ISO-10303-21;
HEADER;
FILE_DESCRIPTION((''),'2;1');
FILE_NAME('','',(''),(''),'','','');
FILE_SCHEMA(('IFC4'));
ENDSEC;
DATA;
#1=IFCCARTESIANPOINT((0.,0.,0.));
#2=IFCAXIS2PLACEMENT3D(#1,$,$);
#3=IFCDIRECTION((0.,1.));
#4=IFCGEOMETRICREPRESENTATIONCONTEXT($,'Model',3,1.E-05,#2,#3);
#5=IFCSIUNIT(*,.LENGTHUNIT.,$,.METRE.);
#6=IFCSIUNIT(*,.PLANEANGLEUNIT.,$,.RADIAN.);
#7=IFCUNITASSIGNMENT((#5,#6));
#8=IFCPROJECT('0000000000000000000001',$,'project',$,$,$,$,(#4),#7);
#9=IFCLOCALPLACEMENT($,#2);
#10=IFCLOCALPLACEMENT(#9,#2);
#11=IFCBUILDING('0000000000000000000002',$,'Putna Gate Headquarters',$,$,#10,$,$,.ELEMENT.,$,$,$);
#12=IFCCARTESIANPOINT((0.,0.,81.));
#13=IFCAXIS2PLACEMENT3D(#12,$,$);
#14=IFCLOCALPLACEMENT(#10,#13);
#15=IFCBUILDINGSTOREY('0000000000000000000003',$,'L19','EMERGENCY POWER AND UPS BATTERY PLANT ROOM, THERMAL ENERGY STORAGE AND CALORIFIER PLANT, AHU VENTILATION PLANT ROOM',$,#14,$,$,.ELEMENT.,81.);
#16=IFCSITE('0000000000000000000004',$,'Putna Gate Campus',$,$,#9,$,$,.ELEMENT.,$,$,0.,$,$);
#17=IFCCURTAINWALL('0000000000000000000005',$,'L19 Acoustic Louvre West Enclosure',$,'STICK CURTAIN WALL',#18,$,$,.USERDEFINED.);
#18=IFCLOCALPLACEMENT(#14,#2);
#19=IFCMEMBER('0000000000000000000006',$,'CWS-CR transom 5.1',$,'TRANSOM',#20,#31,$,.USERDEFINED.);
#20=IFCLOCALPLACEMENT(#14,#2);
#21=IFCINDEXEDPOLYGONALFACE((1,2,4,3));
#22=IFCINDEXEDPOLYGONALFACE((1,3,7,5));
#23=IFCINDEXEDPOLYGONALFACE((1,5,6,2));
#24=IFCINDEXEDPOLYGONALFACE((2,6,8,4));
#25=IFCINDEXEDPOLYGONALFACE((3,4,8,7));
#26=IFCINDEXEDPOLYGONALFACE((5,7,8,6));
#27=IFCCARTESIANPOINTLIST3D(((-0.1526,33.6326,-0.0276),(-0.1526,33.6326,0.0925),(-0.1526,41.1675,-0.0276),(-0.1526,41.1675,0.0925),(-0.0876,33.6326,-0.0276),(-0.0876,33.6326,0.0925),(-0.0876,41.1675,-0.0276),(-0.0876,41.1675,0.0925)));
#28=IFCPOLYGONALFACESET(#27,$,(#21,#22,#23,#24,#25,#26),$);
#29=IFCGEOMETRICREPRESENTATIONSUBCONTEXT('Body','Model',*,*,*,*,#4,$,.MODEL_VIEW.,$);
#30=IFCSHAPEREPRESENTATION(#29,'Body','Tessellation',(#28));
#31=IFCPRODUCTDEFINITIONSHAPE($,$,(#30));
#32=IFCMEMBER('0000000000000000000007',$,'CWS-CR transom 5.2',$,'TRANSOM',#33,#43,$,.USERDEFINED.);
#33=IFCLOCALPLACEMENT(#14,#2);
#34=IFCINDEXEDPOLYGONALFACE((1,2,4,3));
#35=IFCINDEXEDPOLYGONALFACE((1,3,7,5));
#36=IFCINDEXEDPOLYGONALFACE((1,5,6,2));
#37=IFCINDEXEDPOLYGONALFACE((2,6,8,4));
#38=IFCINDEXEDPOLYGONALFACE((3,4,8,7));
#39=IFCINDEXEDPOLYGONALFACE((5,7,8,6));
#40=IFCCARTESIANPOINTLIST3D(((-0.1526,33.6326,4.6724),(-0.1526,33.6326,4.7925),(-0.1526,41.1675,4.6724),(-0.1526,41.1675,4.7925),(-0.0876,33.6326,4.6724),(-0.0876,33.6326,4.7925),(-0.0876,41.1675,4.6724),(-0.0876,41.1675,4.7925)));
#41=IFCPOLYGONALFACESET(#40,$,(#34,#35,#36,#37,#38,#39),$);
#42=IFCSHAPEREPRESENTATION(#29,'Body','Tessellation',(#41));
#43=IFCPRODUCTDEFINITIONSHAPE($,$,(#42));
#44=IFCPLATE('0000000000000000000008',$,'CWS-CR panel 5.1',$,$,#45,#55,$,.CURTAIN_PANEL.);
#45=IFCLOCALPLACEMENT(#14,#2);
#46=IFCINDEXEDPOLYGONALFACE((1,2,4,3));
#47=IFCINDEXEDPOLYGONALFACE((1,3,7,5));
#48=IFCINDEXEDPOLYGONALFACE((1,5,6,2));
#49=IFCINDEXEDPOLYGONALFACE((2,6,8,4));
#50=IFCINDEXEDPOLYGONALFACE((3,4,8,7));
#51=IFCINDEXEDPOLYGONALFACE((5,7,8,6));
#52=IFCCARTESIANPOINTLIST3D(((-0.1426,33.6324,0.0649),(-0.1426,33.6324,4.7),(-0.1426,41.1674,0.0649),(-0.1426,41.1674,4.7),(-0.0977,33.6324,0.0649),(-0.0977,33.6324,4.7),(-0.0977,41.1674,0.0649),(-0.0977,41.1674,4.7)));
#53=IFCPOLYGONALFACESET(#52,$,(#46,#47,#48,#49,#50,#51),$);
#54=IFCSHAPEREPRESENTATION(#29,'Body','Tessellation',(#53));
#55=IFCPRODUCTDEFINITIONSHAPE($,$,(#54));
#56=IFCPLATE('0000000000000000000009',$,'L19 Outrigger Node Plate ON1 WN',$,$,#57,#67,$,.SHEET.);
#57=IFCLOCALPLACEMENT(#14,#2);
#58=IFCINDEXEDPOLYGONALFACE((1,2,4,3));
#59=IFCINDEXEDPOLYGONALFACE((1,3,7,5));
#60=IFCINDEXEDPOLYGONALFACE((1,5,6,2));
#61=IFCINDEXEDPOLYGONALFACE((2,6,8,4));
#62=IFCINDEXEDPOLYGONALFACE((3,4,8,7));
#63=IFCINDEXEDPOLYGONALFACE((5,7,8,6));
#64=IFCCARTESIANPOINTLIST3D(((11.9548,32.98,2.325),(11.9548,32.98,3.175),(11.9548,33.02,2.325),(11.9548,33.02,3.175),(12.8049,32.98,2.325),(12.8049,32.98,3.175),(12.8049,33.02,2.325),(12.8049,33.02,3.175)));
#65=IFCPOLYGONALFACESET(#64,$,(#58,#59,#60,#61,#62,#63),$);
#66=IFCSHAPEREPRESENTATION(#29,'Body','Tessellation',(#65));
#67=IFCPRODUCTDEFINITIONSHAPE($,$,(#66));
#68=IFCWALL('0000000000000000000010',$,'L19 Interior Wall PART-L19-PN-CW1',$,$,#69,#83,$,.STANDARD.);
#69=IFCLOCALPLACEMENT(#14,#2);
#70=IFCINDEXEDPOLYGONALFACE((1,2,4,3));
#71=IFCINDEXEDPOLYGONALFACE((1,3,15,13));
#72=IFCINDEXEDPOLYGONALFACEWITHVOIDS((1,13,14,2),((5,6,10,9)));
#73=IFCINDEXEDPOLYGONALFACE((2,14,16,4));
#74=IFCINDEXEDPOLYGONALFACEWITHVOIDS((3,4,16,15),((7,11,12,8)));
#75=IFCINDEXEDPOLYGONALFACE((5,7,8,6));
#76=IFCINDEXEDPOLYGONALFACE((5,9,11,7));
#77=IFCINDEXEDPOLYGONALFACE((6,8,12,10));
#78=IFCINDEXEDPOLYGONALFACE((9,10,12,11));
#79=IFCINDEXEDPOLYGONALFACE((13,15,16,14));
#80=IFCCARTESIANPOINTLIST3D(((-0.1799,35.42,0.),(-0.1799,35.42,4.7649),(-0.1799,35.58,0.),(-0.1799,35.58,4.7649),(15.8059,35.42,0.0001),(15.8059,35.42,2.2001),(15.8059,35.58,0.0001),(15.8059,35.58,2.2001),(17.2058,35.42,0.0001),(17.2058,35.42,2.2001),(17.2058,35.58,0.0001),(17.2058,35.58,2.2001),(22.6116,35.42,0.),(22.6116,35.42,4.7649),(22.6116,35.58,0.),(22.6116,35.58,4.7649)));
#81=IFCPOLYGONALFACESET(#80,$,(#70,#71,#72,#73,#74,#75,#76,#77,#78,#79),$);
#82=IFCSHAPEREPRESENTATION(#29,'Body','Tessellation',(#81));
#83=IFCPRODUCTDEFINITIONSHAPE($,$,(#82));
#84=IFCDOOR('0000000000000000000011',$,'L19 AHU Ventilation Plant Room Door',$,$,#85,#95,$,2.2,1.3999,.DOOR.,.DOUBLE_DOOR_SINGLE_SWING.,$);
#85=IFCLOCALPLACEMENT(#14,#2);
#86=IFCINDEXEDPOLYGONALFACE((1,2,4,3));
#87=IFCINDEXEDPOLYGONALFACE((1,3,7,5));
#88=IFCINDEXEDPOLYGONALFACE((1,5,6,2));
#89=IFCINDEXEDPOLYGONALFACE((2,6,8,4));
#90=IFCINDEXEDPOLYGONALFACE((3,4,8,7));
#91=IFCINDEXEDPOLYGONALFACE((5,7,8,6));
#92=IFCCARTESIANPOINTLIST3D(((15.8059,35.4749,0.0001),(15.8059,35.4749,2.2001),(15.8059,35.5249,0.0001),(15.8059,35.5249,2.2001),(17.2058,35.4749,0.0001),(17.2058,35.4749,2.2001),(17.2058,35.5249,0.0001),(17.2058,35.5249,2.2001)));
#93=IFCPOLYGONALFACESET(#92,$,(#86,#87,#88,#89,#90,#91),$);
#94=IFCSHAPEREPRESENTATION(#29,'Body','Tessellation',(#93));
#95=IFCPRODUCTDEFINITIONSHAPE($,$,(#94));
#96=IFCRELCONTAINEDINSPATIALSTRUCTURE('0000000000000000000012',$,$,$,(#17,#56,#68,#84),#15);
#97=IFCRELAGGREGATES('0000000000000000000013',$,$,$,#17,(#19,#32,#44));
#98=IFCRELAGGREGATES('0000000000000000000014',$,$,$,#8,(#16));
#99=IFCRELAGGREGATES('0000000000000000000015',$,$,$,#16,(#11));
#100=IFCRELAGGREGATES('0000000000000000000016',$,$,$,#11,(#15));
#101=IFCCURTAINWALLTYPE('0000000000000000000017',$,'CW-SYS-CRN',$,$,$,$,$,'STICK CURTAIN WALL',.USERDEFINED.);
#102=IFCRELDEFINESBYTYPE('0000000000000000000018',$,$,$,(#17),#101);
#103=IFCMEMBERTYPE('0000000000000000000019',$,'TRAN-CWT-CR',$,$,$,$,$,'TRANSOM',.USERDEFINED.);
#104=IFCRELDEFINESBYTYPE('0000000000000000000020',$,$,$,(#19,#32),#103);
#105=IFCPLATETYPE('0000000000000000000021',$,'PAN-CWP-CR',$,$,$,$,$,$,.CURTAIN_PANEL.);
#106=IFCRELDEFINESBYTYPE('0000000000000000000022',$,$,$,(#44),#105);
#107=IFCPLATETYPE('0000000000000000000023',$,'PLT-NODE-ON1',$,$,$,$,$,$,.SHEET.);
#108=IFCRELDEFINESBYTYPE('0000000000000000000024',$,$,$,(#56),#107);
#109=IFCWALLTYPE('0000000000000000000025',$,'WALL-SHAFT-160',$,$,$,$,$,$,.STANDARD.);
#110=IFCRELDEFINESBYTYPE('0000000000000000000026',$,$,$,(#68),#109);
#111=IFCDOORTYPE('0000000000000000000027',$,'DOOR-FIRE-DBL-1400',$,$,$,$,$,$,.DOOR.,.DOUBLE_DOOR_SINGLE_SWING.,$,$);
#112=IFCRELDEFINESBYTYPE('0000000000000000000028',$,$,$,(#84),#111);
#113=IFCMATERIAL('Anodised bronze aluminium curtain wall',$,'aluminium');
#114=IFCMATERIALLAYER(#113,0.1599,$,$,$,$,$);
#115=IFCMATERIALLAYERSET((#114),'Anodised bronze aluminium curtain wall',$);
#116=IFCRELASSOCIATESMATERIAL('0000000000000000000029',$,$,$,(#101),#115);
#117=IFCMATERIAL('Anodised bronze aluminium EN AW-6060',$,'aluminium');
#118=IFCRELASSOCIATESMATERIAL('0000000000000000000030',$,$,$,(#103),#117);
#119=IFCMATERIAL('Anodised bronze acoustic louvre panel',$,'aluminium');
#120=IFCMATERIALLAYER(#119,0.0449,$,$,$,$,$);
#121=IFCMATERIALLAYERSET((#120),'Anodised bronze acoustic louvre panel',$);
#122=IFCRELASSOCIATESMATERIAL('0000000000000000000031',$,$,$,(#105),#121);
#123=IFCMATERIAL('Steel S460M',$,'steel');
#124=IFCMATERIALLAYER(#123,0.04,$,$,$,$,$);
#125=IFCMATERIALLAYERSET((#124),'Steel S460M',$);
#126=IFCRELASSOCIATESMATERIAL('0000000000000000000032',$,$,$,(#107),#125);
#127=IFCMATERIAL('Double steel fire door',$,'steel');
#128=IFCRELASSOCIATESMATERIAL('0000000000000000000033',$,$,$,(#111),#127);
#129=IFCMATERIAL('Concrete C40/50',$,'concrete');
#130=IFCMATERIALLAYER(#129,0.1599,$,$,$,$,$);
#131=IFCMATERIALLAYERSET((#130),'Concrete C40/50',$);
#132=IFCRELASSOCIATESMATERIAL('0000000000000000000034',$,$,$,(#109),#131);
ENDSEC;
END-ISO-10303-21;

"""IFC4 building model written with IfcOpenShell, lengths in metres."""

from ifc_helpers import new_model, si_unit, direction, frame, frame_2d, origin, origin_2d, place, context, subcontext, project, spatial, rectangle, extrude, material, layer, layer_set, material_profile, profile_set, type_object, element, fill, aggregate, save


model = new_model("IFC4")

# Units and contexts
model_context = context("Model", 3, precision=1e-05, world=origin(), true_north=direction((0.0, 1.0)))
body_context = subcontext(model_context, "Body", "Model", "MODEL_VIEW")
ifc_project = project(units=[si_unit("LENGTHUNIT", "METRE"), si_unit("PLANEANGLEUNIT", "RADIAN")], contexts=[model_context])

# Site, building, storey
site_placement = place(None, origin())
site = spatial("IfcSite", under=ifc_project, at=site_placement, Name="Putna Gate Campus", CompositionType="ELEMENT", RefElevation=0.0)
building_placement = place(site_placement, origin())
building = spatial("IfcBuilding", under=site, at=building_placement, Name="Putna Gate Headquarters", CompositionType="ELEMENT")
storey_placement = place(building_placement, frame((0.0, 0.0, 81.0)))
storey = spatial("IfcBuildingStorey", under=building, at=storey_placement, Name="L19", Description="EMERGENCY POWER AND UPS BATTERY PLANT ROOM, THERMAL ENERGY STORAGE AND CALORIFIER PLANT, AHU VENTILATION PLANT ROOM", CompositionType="ELEMENT", Elevation=81.0)

# Curtain wall, members, plate
ifc_material_1 = material(Name="Anodised bronze aluminium curtain wall", Category="aluminium")
ifc_layer_1 = layer(ifc_material_1, 0.1599)
ifc_layer_set_1 = layer_set([ifc_layer_1], Name="Anodised bronze aluminium curtain wall")
curtain_wall_type = type_object("IfcCurtainWallType", Name="CW-SYS-CRN", ElementType="STICK CURTAIN WALL", PredefinedType="USERDEFINED", material=ifc_layer_set_1)
curtain_wall_placement = place(storey_placement, origin())
curtain_wall = element("IfcCurtainWall", 1, at=curtain_wall_placement, inside=storey, type_object=curtain_wall_type, Name="L19 Acoustic Louvre West Enclosure", ObjectType="STICK CURTAIN WALL", PredefinedType="USERDEFINED")
ifc_material_2 = material(Name="Anodised bronze aluminium EN AW-6060", Category="aluminium")
ifc_material_profile_1 = material_profile(ifc_material_2, rectangle(XDim=0.0649, YDim=0.1201, at=origin_2d()), Name="Anodised bronze aluminium EN AW-6060")
ifc_profile_set_1 = profile_set([ifc_material_profile_1], Name="Anodised bronze aluminium EN AW-6060")
member_type_1 = type_object("IfcMemberType", Name="TRAN-CWT-CR", ElementType="TRANSOM", PredefinedType="USERDEFINED", material=ifc_profile_set_1)
member_1_placement = place(storey_placement, frame((-0.1201, 33.6326, 0.0325), z_axis=(0.0, 1.0, 0.0), x_axis=(-1.0, 0.0, 0.0)))
member_1 = element("IfcMember", 2, at=member_1_placement, type_object=member_type_1, Name="CWS-CR transom 5.1", ObjectType="TRANSOM", PredefinedType="USERDEFINED", context=body_context, shape_type="SweptSolid", body=[
    extrude(rectangle(XDim=0.0649, YDim=0.1201, at=origin_2d()), origin(), (0.0, 0.0, 1.0), 7.5349),
])
member_2_placement = place(storey_placement, frame((-0.1201, 33.6326, 4.7324), z_axis=(0.0, 1.0, 0.0), x_axis=(-1.0, 0.0, 0.0)))
member_2 = element("IfcMember", 3, at=member_2_placement, type_object=member_type_1, Name="CWS-CR transom 5.2", ObjectType="TRANSOM", PredefinedType="USERDEFINED", context=body_context, shape_type="SweptSolid", body=[
    extrude(rectangle(XDim=0.0649, YDim=0.1201, at=origin_2d()), origin(), (0.0, 0.0, 1.0), 7.5349),
])
ifc_material_3 = material(Name="Anodised bronze acoustic louvre panel", Category="aluminium")
ifc_layer_2 = layer(ifc_material_3, 0.0449)
ifc_layer_set_2 = layer_set([ifc_layer_2], Name="Anodised bronze acoustic louvre panel")
plate_type_1 = type_object("IfcPlateType", Name="PAN-CWP-CR", PredefinedType="CURTAIN_PANEL", material=ifc_layer_set_2)
plate_1_placement = place(storey_placement, frame((-0.1201, 37.3999, 0.0649), z_axis=(0.0, 0.0, 1.0), x_axis=(0.0, 1.0, 0.0)))
plate_1 = element("IfcPlate", 4, at=plate_1_placement, type_object=plate_type_1, Name="CWS-CR panel 5.1", PredefinedType="CURTAIN_PANEL", context=body_context, shape_type="SweptSolid", body=[
    extrude(rectangle(XDim=7.5349, YDim=0.0449, at=origin_2d()), origin(), (0.0, 0.0, 1.0), 4.635),
])
aggregate(curtain_wall, [member_1, member_2, plate_1])

# Plate
ifc_material_4 = material(Name="Steel S460M", Category="steel")
ifc_layer_3 = layer(ifc_material_4, 0.04)
ifc_layer_set_3 = layer_set([ifc_layer_3], Name="Steel S460M")
plate_type_2 = type_object("IfcPlateType", Name="PLT-NODE-ON1", PredefinedType="SHEET", material=ifc_layer_set_3)
plate_2_placement = place(storey_placement, frame((12.3799, 33.0, 2.325), z_axis=(0.0, 0.0, 1.0), x_axis=(1.0, 0.0, 0.0)))
element("IfcPlate", 5, at=plate_2_placement, inside=storey, type_object=plate_type_2, Name="L19 Outrigger Node Plate ON1 WN", PredefinedType="SHEET", context=body_context, shape_type="SweptSolid", body=[
    extrude(rectangle(XDim=0.8501, YDim=0.04, at=origin_2d()), origin(), (0.0, 0.0, 1.0), 0.8501),
])

# Shared definitions
ifc_material_5 = material(Name="Double steel fire door", Category="steel")
door_type_1 = type_object("IfcDoorType", Name="DOOR-FIRE-DBL-1400", OperationType="DOUBLE_DOOR_SINGLE_SWING", PredefinedType="DOOR", material=ifc_material_5)

# Wall, opening, door
ifc_material_6 = material(Name="Concrete C40/50", Category="concrete")
ifc_layer_4 = layer(ifc_material_6, 0.1599)
ifc_layer_set_4 = layer_set([ifc_layer_4], Name="Concrete C40/50")
wall_type_1 = type_object("IfcWallType", Name="WALL-SHAFT-160", PredefinedType="STANDARD", material=ifc_layer_set_4)
wall_1_placement = place(storey_placement, frame((-0.1799, 35.5, 0.0), z_axis=(0.0, 0.0, 1.0), x_axis=(1.0, 0.0, 0.0)))
wall_1 = element("IfcWall", 6, at=wall_1_placement, inside=storey, type_object=wall_type_1, Name="L19 Interior Wall PART-L19-PN-CW1", PredefinedType="STANDARD", context=body_context, shape_type="SweptSolid", body=[
    extrude(rectangle(XDim=22.7915, YDim=0.1599, at=frame_2d((11.3958, 0.0))), origin(), (0.0, 0.0, 1.0), 4.7649),
])
opening_1_placement = place(wall_1_placement, frame((15.9858, 0.0, 0.0)))
opening_1 = element("IfcOpeningElement", 7, at=opening_1_placement, cuts=wall_1, PredefinedType="OPENING", context=body_context, shape_type="SweptSolid", body=[
    extrude(rectangle(XDim=1.3999, YDim=2.2, at=frame_2d((0.7, 1.1001))), frame((0.0, 0.0898, 0.0), z_axis=(0.0, -1.0, 0.0), x_axis=(1.0, 0.0, 0.0)), (0.0, 0.0, 1.0), 0.1799),
])
door_1_placement = place(opening_1_placement, origin())
door_1 = element("IfcDoor", 8, at=door_1_placement, inside=storey, type_object=door_type_1, Name="L19 AHU Ventilation Plant Room Door", OperationType="DOUBLE_DOOR_SINGLE_SWING", OverallHeight=2.2, OverallWidth=1.3999, PredefinedType="DOOR", context=body_context, shape_type="SweptSolid", body=[
    extrude(rectangle(XDim=1.3999, YDim=2.2, at=frame_2d((0.7, 1.1001))), frame((0.0, 0.0249, 0.0), z_axis=(0.0, -1.0, 0.0), x_axis=(1.0, 0.0, 0.0)), (0.0, 0.0, 1.0), 0.05),
])
fill(opening_1, door_1)

save(model, "model.ifc")
